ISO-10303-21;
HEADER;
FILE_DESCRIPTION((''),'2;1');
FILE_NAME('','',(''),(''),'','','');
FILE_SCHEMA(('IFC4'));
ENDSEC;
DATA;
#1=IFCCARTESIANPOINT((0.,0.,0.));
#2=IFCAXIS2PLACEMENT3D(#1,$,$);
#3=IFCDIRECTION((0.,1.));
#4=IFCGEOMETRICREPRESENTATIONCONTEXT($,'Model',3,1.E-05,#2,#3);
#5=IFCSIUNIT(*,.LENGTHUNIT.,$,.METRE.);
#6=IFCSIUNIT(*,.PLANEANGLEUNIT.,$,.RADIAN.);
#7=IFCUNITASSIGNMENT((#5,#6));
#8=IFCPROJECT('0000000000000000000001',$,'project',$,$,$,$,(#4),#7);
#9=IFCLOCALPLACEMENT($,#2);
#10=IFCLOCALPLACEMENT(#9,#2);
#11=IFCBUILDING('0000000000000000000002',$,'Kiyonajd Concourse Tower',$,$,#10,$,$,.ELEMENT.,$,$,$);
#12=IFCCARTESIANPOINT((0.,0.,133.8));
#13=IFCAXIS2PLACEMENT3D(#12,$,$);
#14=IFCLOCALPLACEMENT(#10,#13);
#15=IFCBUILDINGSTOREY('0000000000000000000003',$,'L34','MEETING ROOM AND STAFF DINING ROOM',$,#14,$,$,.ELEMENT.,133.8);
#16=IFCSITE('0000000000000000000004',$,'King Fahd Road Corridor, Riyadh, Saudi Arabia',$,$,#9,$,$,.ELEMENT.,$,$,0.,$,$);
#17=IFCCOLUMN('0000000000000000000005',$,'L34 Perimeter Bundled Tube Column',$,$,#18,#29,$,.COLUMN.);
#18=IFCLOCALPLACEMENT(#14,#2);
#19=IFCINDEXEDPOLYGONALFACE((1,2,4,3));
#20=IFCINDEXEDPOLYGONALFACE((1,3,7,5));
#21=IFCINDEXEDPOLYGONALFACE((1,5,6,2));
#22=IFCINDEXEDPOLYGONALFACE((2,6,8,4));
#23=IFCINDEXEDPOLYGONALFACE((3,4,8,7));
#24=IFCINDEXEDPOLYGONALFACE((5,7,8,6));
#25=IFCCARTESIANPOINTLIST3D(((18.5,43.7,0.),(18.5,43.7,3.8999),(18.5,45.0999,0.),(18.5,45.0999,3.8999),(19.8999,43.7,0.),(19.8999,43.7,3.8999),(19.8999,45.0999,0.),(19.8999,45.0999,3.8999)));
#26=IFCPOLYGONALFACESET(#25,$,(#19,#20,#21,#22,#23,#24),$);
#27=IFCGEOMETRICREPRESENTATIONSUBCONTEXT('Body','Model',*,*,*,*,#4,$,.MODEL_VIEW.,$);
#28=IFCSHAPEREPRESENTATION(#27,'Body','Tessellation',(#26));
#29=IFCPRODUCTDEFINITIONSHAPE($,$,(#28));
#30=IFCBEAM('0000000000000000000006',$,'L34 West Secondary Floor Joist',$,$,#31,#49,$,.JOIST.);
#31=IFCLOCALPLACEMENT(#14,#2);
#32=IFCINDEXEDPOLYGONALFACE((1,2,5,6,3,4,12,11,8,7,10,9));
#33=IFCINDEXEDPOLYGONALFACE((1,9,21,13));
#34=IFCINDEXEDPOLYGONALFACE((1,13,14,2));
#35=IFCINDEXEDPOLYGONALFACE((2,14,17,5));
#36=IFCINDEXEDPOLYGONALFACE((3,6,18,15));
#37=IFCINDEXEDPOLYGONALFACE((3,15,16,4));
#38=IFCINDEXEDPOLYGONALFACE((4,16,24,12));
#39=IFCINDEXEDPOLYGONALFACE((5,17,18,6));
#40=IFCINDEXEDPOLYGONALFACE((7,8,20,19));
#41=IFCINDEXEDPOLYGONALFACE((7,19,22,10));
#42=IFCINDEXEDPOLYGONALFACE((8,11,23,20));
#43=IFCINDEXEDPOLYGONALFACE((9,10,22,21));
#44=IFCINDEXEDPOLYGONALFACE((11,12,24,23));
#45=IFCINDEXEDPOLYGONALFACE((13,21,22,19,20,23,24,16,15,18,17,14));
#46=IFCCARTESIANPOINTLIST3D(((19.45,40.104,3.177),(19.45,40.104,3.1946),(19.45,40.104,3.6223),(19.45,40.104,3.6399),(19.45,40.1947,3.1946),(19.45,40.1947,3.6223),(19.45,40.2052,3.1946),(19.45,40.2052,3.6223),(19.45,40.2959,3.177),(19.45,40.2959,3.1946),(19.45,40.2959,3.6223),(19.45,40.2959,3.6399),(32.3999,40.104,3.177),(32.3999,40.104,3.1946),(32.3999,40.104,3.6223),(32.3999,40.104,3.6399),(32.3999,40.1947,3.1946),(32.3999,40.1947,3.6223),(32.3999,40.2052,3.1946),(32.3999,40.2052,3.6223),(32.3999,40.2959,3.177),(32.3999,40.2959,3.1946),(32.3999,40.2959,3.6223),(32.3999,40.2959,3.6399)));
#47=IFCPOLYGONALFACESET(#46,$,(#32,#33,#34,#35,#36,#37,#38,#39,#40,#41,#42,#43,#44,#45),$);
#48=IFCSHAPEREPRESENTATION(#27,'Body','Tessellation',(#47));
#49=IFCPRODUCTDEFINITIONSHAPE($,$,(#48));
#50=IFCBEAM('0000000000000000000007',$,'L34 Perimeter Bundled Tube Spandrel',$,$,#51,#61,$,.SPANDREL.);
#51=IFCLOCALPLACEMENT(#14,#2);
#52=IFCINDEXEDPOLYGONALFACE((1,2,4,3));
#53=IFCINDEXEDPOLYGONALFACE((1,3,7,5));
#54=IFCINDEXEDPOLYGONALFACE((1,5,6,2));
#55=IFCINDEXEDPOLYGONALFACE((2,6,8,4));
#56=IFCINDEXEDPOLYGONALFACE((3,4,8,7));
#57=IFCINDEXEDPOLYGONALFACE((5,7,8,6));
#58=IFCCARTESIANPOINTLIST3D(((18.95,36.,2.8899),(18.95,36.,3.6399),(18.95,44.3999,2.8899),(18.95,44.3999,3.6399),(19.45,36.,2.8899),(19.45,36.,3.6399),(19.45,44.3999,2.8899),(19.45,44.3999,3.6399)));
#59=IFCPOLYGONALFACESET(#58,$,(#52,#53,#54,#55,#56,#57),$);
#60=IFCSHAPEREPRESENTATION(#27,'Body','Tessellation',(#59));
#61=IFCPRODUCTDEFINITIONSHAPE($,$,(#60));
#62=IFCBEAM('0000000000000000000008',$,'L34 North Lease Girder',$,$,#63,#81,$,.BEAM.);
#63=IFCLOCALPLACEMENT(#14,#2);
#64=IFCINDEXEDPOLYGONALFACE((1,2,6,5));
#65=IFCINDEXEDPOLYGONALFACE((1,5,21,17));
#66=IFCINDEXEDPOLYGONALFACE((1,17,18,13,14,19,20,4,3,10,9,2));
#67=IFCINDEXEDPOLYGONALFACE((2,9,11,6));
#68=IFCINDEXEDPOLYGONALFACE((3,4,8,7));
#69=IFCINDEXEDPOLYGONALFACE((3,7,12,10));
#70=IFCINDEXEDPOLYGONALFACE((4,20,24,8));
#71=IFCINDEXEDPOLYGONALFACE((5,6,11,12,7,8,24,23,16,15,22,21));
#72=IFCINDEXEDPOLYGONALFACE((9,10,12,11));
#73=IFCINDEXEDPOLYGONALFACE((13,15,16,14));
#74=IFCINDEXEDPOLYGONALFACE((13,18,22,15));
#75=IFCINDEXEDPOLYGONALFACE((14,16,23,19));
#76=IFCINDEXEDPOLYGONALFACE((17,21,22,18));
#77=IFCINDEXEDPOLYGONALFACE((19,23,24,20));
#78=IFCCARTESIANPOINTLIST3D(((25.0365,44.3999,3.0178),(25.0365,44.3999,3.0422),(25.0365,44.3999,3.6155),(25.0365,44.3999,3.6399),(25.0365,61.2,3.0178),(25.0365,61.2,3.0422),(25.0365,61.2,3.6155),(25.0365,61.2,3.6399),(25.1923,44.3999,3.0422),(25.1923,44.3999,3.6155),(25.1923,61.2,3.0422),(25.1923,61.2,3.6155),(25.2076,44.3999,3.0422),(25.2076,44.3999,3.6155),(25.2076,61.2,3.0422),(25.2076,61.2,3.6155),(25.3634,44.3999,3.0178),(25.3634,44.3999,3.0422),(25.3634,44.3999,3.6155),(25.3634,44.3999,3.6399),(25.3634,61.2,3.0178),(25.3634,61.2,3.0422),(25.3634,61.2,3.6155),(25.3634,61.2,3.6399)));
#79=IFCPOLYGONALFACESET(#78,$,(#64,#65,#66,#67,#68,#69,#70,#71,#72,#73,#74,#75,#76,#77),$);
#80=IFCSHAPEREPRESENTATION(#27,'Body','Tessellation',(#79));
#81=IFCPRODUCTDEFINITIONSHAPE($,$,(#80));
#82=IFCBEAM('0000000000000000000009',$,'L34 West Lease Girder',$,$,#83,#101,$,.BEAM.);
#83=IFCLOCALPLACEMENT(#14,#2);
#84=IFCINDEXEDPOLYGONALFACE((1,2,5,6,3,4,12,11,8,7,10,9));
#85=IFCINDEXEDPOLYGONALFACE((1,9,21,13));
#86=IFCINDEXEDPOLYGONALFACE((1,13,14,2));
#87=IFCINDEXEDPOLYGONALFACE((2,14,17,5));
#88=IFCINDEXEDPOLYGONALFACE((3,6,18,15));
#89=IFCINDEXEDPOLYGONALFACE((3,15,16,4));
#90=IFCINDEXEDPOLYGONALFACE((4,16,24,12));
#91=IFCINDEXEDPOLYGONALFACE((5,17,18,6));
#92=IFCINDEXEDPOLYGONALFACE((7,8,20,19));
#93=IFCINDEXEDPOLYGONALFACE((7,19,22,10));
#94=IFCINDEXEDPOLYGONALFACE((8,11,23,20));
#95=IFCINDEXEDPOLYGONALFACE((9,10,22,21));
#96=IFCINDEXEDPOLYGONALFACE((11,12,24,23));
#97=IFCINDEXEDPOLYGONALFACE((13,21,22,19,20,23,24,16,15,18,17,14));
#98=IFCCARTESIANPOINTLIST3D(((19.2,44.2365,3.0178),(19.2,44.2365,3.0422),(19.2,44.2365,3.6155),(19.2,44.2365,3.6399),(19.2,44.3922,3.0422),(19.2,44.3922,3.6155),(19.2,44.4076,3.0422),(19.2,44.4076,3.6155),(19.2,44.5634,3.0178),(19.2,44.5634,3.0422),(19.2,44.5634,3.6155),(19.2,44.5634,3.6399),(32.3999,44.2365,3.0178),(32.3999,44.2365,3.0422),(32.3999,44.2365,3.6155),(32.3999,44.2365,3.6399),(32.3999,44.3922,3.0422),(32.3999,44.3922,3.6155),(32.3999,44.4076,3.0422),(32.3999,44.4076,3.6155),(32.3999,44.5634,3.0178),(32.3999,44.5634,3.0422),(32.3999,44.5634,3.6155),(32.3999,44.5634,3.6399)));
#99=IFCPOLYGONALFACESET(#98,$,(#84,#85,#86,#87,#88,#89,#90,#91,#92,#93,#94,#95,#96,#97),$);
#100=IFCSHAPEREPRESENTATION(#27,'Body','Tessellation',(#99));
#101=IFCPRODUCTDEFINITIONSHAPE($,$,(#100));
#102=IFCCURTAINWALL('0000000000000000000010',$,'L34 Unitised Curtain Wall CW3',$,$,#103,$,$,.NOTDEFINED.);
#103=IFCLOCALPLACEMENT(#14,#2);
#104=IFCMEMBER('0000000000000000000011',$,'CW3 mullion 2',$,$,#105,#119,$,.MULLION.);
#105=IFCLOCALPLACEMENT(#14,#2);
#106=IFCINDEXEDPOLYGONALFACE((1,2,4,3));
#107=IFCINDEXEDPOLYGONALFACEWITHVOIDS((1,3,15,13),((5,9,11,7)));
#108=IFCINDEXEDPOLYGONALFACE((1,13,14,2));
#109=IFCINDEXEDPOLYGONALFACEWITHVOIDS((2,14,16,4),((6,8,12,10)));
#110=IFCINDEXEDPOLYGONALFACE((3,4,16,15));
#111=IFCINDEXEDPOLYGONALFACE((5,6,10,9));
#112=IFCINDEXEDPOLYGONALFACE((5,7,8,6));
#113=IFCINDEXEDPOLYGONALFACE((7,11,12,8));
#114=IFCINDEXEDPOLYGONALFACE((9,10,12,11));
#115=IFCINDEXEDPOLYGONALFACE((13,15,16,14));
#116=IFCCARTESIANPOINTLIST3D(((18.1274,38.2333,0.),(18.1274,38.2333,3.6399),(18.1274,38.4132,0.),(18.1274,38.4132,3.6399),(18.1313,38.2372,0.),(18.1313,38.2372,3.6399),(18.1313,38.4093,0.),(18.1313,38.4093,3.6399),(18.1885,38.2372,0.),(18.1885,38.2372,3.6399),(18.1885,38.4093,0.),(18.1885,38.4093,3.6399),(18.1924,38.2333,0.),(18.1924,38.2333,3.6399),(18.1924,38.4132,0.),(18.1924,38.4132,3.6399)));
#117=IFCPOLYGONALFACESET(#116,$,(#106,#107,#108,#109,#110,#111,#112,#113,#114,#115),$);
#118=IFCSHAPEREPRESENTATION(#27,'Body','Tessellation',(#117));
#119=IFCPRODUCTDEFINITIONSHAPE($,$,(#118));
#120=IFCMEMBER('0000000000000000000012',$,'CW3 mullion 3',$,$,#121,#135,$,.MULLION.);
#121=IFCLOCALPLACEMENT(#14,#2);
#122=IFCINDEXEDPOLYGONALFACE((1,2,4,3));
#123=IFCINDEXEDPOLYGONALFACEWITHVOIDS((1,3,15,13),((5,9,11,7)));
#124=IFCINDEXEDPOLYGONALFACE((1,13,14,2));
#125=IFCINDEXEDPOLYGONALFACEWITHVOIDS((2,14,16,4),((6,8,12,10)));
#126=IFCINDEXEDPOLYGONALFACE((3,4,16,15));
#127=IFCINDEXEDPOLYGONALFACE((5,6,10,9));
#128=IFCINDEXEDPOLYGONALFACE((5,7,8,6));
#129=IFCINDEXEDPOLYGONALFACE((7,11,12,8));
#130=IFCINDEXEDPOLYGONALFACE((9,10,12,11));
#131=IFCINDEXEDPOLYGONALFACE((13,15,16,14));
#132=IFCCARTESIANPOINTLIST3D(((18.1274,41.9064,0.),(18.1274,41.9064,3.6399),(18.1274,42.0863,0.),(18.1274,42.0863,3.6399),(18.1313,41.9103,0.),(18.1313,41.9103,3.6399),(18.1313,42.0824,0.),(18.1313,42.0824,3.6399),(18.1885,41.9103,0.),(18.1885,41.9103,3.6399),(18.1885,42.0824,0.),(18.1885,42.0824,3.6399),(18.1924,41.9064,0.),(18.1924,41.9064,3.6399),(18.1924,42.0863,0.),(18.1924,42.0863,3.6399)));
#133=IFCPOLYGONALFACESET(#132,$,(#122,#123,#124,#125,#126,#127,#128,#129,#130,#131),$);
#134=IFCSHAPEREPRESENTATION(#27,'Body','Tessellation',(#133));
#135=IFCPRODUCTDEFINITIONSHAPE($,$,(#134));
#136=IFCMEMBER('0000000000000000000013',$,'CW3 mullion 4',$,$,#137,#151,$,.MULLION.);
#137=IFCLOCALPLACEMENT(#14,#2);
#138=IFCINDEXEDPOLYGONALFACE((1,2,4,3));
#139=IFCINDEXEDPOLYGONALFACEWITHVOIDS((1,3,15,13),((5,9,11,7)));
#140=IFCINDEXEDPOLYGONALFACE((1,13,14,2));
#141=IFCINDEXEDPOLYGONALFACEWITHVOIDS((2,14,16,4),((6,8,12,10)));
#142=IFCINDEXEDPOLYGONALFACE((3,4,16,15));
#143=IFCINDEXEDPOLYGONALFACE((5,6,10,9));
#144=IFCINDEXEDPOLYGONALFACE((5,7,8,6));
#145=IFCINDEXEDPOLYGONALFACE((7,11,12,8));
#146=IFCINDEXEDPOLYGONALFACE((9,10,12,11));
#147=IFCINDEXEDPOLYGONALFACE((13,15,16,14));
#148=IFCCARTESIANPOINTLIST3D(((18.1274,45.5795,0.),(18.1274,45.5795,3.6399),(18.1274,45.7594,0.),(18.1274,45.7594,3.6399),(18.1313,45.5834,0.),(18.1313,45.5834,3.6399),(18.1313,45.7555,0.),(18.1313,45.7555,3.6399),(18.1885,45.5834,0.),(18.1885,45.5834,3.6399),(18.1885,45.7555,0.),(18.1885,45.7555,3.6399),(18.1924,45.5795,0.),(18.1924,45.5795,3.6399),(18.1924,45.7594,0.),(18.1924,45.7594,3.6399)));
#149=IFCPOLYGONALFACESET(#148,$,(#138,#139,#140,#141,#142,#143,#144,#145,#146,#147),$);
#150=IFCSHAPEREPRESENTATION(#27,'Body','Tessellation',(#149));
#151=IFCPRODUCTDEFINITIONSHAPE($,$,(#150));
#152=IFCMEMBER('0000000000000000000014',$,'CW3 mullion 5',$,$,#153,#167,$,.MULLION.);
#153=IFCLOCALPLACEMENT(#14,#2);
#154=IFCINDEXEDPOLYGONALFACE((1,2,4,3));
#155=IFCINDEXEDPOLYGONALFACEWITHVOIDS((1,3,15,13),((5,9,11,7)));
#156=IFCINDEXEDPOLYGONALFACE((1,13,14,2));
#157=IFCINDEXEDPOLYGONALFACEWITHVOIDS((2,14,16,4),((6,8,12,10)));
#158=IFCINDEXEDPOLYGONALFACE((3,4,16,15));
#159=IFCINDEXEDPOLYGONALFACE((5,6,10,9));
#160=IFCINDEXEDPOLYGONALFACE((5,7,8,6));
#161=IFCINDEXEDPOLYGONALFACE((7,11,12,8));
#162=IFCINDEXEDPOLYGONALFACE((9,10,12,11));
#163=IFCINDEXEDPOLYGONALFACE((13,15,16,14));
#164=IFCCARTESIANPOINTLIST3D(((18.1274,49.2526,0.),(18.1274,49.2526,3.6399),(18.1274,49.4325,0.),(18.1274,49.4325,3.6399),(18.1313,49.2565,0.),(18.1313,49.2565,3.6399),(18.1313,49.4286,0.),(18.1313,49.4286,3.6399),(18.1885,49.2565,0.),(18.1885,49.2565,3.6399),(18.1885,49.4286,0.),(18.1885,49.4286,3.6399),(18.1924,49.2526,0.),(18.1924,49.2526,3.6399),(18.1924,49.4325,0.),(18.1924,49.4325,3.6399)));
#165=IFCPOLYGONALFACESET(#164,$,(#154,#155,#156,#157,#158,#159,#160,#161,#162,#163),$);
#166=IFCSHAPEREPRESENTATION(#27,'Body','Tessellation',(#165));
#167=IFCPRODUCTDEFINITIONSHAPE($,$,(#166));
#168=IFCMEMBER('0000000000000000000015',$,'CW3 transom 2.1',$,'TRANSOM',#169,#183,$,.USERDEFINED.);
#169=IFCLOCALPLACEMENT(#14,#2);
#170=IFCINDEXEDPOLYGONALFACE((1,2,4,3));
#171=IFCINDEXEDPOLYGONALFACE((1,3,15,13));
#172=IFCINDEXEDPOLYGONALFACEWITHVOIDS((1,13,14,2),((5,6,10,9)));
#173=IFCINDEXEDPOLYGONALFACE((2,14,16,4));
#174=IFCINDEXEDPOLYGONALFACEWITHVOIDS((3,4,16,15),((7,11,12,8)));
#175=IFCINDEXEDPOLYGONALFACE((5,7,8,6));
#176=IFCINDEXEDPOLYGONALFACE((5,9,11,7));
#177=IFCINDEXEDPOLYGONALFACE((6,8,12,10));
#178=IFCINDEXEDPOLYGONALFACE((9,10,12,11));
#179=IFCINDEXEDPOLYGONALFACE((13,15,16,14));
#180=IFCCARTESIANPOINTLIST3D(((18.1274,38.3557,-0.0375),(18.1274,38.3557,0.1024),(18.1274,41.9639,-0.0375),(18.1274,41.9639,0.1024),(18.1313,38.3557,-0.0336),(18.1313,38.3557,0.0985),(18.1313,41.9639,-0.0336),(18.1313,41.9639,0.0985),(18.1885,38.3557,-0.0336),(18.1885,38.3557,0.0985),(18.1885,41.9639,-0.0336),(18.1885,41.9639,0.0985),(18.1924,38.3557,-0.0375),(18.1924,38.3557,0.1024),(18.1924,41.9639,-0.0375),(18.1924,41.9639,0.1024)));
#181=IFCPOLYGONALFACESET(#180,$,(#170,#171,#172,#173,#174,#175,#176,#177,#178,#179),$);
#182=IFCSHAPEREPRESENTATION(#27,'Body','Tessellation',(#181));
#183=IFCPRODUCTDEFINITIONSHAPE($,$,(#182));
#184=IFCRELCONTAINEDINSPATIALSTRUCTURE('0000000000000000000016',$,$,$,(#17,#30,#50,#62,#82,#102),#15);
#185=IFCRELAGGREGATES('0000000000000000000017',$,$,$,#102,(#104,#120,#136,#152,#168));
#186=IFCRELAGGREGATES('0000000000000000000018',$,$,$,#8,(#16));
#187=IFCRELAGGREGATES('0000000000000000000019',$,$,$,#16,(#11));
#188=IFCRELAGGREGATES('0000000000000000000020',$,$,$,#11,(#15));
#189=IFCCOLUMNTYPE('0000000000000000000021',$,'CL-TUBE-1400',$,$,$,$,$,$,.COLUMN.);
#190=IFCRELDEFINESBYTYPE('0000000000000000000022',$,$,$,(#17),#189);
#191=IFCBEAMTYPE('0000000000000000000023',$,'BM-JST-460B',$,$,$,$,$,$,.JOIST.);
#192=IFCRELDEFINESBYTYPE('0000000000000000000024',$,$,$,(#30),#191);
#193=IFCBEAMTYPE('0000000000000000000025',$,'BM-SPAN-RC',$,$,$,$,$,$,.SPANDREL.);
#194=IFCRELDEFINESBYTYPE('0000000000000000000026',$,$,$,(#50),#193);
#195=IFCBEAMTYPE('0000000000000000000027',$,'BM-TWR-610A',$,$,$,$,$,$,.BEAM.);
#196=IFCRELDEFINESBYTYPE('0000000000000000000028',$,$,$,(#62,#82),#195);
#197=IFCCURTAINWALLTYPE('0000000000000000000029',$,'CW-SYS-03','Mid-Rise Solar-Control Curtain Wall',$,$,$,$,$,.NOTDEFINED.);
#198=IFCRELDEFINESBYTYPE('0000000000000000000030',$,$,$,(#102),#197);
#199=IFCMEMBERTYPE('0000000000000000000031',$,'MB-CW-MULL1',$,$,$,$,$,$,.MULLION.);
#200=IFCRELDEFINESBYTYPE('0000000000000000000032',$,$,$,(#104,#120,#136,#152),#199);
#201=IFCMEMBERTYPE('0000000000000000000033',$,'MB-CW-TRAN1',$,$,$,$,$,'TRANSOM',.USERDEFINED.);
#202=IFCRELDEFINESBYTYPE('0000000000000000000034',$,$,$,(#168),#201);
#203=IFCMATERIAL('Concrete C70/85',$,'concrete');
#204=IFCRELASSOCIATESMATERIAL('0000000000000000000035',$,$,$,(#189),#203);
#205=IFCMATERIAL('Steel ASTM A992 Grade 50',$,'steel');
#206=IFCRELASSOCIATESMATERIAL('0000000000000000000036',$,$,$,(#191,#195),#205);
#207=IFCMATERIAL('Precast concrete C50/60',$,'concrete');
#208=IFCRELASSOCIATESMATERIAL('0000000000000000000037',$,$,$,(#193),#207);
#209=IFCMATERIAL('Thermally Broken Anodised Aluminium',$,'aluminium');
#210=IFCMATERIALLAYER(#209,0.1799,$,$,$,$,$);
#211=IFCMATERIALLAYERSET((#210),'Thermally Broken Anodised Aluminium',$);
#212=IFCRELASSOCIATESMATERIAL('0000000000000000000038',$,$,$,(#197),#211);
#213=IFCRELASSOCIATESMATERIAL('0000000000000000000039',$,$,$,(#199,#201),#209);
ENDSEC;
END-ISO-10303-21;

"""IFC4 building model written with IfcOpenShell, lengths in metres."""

from ifc_helpers import new_model, si_unit, direction, frame, origin, origin_2d, place, context, subcontext, project, spatial, rectangle, hollow_rectangle, i_section, extrude, material, layer, layer_set, material_profile, profile_set, type_object, element, aggregate, save


model = new_model("IFC4")

# Units and contexts
model_context = context("Model", 3, precision=1e-05, world=origin(), true_north=direction((0.0, 1.0)))
body_context = subcontext(model_context, "Body", "Model", "MODEL_VIEW")
ifc_project = project(units=[si_unit("LENGTHUNIT", "METRE"), si_unit("PLANEANGLEUNIT", "RADIAN")], contexts=[model_context])

# Site, building, storey
site_placement = place(None, origin())
site = spatial("IfcSite", under=ifc_project, at=site_placement, Name="King Fahd Road Corridor, Riyadh, Saudi Arabia", CompositionType="ELEMENT", RefElevation=0.0)
building_placement = place(site_placement, origin())
building = spatial("IfcBuilding", under=site, at=building_placement, Name="Kiyonajd Concourse Tower", CompositionType="ELEMENT")
storey_placement = place(building_placement, frame((0.0, 0.0, 133.8)))
storey = spatial("IfcBuildingStorey", under=building, at=storey_placement, Name="L34", Description="MEETING ROOM AND STAFF DINING ROOM", CompositionType="ELEMENT", Elevation=133.8)

# Column
ifc_material_1 = material(Name="Concrete C70/85", Category="concrete")
ifc_material_profile_1 = material_profile(ifc_material_1, rectangle(XDim=1.3999, YDim=1.3999, at=origin_2d()), Name="RC-1400x1400")
ifc_profile_set_1 = profile_set([ifc_material_profile_1], Name="Concrete C70/85")
column_type = type_object("IfcColumnType", Name="CL-TUBE-1400", PredefinedType="COLUMN", material=ifc_profile_set_1)
column_placement = place(storey_placement, frame((19.2, 44.3999, 0.0), z_axis=(0.0, 0.0, 1.0), x_axis=(1.0, 0.0, 0.0)))
element("IfcColumn", 1, at=column_placement, inside=storey, type_object=column_type, Name="L34 Perimeter Bundled Tube Column", PredefinedType="COLUMN", context=body_context, shape_type="SweptSolid", body=[
    extrude(rectangle(XDim=1.3999, YDim=1.3999, at=origin_2d()), origin(), (0.0, 0.0, 1.0), 3.8999),
])

# Beams
ifc_material_2 = material(Name="Steel ASTM A992 Grade 50", Category="steel")
ifc_material_profile_2 = material_profile(ifc_material_2, i_section(OverallWidth=0.1919, OverallDepth=0.4629, WebThickness=0.0105, FlangeThickness=0.0176, at=origin_2d()), Name="W460X89")
ifc_profile_set_2 = profile_set([ifc_material_profile_2], Name="Steel ASTM A992 Grade 50")
beam_type_1 = type_object("IfcBeamType", Name="BM-JST-460B", PredefinedType="JOIST", material=ifc_profile_set_2)
beam_1_placement = place(storey_placement, frame((19.45, 40.2, 3.4084), z_axis=(1.0, 0.0, 0.0), x_axis=(0.0, 1.0, 0.0)))
element("IfcBeam", 2, at=beam_1_placement, inside=storey, type_object=beam_type_1, Name="L34 West Secondary Floor Joist", PredefinedType="JOIST", context=body_context, shape_type="SweptSolid", body=[
    extrude(i_section(OverallWidth=0.1919, OverallDepth=0.4629, WebThickness=0.0105, FlangeThickness=0.0176, at=origin_2d()), origin(), (0.0, 0.0, 1.0), 12.95),
])
ifc_material_3 = material(Name="Precast concrete C50/60", Category="concrete")
ifc_material_profile_3 = material_profile(ifc_material_3, rectangle(XDim=0.5, YDim=0.75, at=origin_2d()), Name="RCBM-500x750")
ifc_profile_set_3 = profile_set([ifc_material_profile_3], Name="Precast concrete C50/60")
beam_type_2 = type_object("IfcBeamType", Name="BM-SPAN-RC", PredefinedType="SPANDREL", material=ifc_profile_set_3)
beam_2_placement = place(storey_placement, frame((19.2, 44.3999, 3.2649), z_axis=(0.0, -1.0, 0.0), x_axis=(1.0, 0.0, 0.0)))
element("IfcBeam", 3, at=beam_2_placement, inside=storey, type_object=beam_type_2, Name="L34 Perimeter Bundled Tube Spandrel", PredefinedType="SPANDREL", context=body_context, shape_type="SweptSolid", body=[
    extrude(rectangle(XDim=0.5, YDim=0.75, at=origin_2d()), origin(), (0.0, 0.0, 1.0), 8.3999),
])
ifc_material_profile_4 = material_profile(ifc_material_2, i_section(OverallWidth=0.3269, OverallDepth=0.6221, WebThickness=0.0154, FlangeThickness=0.0244, at=origin_2d()), Name="W610X195")
ifc_profile_set_4 = profile_set([ifc_material_profile_4], Name="Steel ASTM A992 Grade 50")
beam_type_3 = type_object("IfcBeamType", Name="BM-TWR-610A", PredefinedType="BEAM", material=ifc_profile_set_4)
beam_3_placement = place(storey_placement, frame((25.2, 44.3999, 3.3289), z_axis=(0.0, 1.0, 0.0), x_axis=(-1.0, 0.0, 0.0)))
element("IfcBeam", 4, at=beam_3_placement, inside=storey, type_object=beam_type_3, Name="L34 North Lease Girder", PredefinedType="BEAM", context=body_context, shape_type="SweptSolid", body=[
    extrude(i_section(OverallWidth=0.3269, OverallDepth=0.6221, WebThickness=0.0154, FlangeThickness=0.0244, at=origin_2d()), origin(), (0.0, 0.0, 1.0), 16.8),
])
beam_4_placement = place(storey_placement, frame((19.2, 44.3999, 3.3289), z_axis=(1.0, 0.0, 0.0), x_axis=(0.0, 1.0, 0.0)))
element("IfcBeam", 5, at=beam_4_placement, inside=storey, type_object=beam_type_3, Name="L34 West Lease Girder", PredefinedType="BEAM", context=body_context, shape_type="SweptSolid", body=[
    extrude(i_section(OverallWidth=0.3269, OverallDepth=0.6221, WebThickness=0.0154, FlangeThickness=0.0244, at=origin_2d()), origin(), (0.0, 0.0, 1.0), 13.2),
])

# Curtain wall, members
ifc_material_4 = material(Name="Thermally Broken Anodised Aluminium", Category="aluminium")
ifc_layer_1 = layer(ifc_material_4, 0.1799)
ifc_layer_set_1 = layer_set([ifc_layer_1], Name="Thermally Broken Anodised Aluminium")
curtain_wall_type = type_object("IfcCurtainWallType", Name="CW-SYS-03", Description="Mid-Rise Solar-Control Curtain Wall", PredefinedType="NOTDEFINED", material=ifc_layer_set_1)
curtain_wall_placement = place(storey_placement, origin())
curtain_wall = element("IfcCurtainWall", 6, at=curtain_wall_placement, inside=storey, type_object=curtain_wall_type, Name="L34 Unitised Curtain Wall CW3", PredefinedType="NOTDEFINED")
ifc_material_profile_5 = material_profile(ifc_material_4, hollow_rectangle(XDim=0.0649, YDim=0.1799, WallThickness=0.0039, at=origin_2d()), Name="MULL-65x180")
ifc_profile_set_5 = profile_set([ifc_material_profile_5], Name="Thermally Broken Anodised Aluminium")
member_type_1 = type_object("IfcMemberType", Name="MB-CW-MULL1", PredefinedType="MULLION", material=ifc_profile_set_5)
member_1_placement = place(storey_placement, frame((18.1599, 38.3232, 0.0), z_axis=(0.0, 0.0, 1.0), x_axis=(-1.0, 0.0, 0.0)))
member_1 = element("IfcMember", 7, at=member_1_placement, type_object=member_type_1, Name="CW3 mullion 2", PredefinedType="MULLION", context=body_context, shape_type="SweptSolid", body=[
    extrude(hollow_rectangle(XDim=0.0649, YDim=0.1799, WallThickness=0.0039, at=origin_2d()), origin(), (0.0, 0.0, 1.0), 3.6399),
])
member_2_placement = place(storey_placement, frame((18.1599, 41.9963, 0.0), z_axis=(0.0, 0.0, 1.0), x_axis=(-1.0, 0.0, 0.0)))
member_2 = element("IfcMember", 8, at=member_2_placement, type_object=member_type_1, Name="CW3 mullion 3", PredefinedType="MULLION", context=body_context, shape_type="SweptSolid", body=[
    extrude(hollow_rectangle(XDim=0.0649, YDim=0.1799, WallThickness=0.0039, at=origin_2d()), origin(), (0.0, 0.0, 1.0), 3.6399),
])
member_3_placement = place(storey_placement, frame((18.1599, 45.6694, 0.0), z_axis=(0.0, 0.0, 1.0), x_axis=(-1.0, 0.0, 0.0)))
member_3 = element("IfcMember", 9, at=member_3_placement, type_object=member_type_1, Name="CW3 mullion 4", PredefinedType="MULLION", context=body_context, shape_type="SweptSolid", body=[
    extrude(hollow_rectangle(XDim=0.0649, YDim=0.1799, WallThickness=0.0039, at=origin_2d()), origin(), (0.0, 0.0, 1.0), 3.6399),
])
member_4_placement = place(storey_placement, frame((18.1599, 49.3425, 0.0), z_axis=(0.0, 0.0, 1.0), x_axis=(-1.0, 0.0, 0.0)))
member_4 = element("IfcMember", 10, at=member_4_placement, type_object=member_type_1, Name="CW3 mullion 5", PredefinedType="MULLION", context=body_context, shape_type="SweptSolid", body=[
    extrude(hollow_rectangle(XDim=0.0649, YDim=0.1799, WallThickness=0.0039, at=origin_2d()), origin(), (0.0, 0.0, 1.0), 3.6399),
])
ifc_material_profile_6 = material_profile(ifc_material_4, hollow_rectangle(XDim=0.0649, YDim=0.1399, WallThickness=0.0039, at=origin_2d()), Name="TRAN-65x140")
ifc_profile_set_6 = profile_set([ifc_material_profile_6], Name="Thermally Broken Anodised Aluminium")
member_type_2 = type_object("IfcMemberType", Name="MB-CW-TRAN1", ElementType="TRANSOM", PredefinedType="USERDEFINED", material=ifc_profile_set_6)
member_5_placement = place(storey_placement, frame((18.1599, 38.3557, 0.0325), z_axis=(0.0, 1.0, 0.0), x_axis=(-1.0, 0.0, 0.0)))
member_5 = element("IfcMember", 11, at=member_5_placement, type_object=member_type_2, Name="CW3 transom 2.1", ObjectType="TRANSOM", PredefinedType="USERDEFINED", context=body_context, shape_type="SweptSolid", body=[
    extrude(hollow_rectangle(XDim=0.0649, YDim=0.1399, WallThickness=0.0039, at=origin_2d()), origin(), (0.0, 0.0, 1.0), 3.6082),
])
aggregate(curtain_wall, [member_1, member_2, member_3, member_4, member_5])

save(model, "model.ifc")
